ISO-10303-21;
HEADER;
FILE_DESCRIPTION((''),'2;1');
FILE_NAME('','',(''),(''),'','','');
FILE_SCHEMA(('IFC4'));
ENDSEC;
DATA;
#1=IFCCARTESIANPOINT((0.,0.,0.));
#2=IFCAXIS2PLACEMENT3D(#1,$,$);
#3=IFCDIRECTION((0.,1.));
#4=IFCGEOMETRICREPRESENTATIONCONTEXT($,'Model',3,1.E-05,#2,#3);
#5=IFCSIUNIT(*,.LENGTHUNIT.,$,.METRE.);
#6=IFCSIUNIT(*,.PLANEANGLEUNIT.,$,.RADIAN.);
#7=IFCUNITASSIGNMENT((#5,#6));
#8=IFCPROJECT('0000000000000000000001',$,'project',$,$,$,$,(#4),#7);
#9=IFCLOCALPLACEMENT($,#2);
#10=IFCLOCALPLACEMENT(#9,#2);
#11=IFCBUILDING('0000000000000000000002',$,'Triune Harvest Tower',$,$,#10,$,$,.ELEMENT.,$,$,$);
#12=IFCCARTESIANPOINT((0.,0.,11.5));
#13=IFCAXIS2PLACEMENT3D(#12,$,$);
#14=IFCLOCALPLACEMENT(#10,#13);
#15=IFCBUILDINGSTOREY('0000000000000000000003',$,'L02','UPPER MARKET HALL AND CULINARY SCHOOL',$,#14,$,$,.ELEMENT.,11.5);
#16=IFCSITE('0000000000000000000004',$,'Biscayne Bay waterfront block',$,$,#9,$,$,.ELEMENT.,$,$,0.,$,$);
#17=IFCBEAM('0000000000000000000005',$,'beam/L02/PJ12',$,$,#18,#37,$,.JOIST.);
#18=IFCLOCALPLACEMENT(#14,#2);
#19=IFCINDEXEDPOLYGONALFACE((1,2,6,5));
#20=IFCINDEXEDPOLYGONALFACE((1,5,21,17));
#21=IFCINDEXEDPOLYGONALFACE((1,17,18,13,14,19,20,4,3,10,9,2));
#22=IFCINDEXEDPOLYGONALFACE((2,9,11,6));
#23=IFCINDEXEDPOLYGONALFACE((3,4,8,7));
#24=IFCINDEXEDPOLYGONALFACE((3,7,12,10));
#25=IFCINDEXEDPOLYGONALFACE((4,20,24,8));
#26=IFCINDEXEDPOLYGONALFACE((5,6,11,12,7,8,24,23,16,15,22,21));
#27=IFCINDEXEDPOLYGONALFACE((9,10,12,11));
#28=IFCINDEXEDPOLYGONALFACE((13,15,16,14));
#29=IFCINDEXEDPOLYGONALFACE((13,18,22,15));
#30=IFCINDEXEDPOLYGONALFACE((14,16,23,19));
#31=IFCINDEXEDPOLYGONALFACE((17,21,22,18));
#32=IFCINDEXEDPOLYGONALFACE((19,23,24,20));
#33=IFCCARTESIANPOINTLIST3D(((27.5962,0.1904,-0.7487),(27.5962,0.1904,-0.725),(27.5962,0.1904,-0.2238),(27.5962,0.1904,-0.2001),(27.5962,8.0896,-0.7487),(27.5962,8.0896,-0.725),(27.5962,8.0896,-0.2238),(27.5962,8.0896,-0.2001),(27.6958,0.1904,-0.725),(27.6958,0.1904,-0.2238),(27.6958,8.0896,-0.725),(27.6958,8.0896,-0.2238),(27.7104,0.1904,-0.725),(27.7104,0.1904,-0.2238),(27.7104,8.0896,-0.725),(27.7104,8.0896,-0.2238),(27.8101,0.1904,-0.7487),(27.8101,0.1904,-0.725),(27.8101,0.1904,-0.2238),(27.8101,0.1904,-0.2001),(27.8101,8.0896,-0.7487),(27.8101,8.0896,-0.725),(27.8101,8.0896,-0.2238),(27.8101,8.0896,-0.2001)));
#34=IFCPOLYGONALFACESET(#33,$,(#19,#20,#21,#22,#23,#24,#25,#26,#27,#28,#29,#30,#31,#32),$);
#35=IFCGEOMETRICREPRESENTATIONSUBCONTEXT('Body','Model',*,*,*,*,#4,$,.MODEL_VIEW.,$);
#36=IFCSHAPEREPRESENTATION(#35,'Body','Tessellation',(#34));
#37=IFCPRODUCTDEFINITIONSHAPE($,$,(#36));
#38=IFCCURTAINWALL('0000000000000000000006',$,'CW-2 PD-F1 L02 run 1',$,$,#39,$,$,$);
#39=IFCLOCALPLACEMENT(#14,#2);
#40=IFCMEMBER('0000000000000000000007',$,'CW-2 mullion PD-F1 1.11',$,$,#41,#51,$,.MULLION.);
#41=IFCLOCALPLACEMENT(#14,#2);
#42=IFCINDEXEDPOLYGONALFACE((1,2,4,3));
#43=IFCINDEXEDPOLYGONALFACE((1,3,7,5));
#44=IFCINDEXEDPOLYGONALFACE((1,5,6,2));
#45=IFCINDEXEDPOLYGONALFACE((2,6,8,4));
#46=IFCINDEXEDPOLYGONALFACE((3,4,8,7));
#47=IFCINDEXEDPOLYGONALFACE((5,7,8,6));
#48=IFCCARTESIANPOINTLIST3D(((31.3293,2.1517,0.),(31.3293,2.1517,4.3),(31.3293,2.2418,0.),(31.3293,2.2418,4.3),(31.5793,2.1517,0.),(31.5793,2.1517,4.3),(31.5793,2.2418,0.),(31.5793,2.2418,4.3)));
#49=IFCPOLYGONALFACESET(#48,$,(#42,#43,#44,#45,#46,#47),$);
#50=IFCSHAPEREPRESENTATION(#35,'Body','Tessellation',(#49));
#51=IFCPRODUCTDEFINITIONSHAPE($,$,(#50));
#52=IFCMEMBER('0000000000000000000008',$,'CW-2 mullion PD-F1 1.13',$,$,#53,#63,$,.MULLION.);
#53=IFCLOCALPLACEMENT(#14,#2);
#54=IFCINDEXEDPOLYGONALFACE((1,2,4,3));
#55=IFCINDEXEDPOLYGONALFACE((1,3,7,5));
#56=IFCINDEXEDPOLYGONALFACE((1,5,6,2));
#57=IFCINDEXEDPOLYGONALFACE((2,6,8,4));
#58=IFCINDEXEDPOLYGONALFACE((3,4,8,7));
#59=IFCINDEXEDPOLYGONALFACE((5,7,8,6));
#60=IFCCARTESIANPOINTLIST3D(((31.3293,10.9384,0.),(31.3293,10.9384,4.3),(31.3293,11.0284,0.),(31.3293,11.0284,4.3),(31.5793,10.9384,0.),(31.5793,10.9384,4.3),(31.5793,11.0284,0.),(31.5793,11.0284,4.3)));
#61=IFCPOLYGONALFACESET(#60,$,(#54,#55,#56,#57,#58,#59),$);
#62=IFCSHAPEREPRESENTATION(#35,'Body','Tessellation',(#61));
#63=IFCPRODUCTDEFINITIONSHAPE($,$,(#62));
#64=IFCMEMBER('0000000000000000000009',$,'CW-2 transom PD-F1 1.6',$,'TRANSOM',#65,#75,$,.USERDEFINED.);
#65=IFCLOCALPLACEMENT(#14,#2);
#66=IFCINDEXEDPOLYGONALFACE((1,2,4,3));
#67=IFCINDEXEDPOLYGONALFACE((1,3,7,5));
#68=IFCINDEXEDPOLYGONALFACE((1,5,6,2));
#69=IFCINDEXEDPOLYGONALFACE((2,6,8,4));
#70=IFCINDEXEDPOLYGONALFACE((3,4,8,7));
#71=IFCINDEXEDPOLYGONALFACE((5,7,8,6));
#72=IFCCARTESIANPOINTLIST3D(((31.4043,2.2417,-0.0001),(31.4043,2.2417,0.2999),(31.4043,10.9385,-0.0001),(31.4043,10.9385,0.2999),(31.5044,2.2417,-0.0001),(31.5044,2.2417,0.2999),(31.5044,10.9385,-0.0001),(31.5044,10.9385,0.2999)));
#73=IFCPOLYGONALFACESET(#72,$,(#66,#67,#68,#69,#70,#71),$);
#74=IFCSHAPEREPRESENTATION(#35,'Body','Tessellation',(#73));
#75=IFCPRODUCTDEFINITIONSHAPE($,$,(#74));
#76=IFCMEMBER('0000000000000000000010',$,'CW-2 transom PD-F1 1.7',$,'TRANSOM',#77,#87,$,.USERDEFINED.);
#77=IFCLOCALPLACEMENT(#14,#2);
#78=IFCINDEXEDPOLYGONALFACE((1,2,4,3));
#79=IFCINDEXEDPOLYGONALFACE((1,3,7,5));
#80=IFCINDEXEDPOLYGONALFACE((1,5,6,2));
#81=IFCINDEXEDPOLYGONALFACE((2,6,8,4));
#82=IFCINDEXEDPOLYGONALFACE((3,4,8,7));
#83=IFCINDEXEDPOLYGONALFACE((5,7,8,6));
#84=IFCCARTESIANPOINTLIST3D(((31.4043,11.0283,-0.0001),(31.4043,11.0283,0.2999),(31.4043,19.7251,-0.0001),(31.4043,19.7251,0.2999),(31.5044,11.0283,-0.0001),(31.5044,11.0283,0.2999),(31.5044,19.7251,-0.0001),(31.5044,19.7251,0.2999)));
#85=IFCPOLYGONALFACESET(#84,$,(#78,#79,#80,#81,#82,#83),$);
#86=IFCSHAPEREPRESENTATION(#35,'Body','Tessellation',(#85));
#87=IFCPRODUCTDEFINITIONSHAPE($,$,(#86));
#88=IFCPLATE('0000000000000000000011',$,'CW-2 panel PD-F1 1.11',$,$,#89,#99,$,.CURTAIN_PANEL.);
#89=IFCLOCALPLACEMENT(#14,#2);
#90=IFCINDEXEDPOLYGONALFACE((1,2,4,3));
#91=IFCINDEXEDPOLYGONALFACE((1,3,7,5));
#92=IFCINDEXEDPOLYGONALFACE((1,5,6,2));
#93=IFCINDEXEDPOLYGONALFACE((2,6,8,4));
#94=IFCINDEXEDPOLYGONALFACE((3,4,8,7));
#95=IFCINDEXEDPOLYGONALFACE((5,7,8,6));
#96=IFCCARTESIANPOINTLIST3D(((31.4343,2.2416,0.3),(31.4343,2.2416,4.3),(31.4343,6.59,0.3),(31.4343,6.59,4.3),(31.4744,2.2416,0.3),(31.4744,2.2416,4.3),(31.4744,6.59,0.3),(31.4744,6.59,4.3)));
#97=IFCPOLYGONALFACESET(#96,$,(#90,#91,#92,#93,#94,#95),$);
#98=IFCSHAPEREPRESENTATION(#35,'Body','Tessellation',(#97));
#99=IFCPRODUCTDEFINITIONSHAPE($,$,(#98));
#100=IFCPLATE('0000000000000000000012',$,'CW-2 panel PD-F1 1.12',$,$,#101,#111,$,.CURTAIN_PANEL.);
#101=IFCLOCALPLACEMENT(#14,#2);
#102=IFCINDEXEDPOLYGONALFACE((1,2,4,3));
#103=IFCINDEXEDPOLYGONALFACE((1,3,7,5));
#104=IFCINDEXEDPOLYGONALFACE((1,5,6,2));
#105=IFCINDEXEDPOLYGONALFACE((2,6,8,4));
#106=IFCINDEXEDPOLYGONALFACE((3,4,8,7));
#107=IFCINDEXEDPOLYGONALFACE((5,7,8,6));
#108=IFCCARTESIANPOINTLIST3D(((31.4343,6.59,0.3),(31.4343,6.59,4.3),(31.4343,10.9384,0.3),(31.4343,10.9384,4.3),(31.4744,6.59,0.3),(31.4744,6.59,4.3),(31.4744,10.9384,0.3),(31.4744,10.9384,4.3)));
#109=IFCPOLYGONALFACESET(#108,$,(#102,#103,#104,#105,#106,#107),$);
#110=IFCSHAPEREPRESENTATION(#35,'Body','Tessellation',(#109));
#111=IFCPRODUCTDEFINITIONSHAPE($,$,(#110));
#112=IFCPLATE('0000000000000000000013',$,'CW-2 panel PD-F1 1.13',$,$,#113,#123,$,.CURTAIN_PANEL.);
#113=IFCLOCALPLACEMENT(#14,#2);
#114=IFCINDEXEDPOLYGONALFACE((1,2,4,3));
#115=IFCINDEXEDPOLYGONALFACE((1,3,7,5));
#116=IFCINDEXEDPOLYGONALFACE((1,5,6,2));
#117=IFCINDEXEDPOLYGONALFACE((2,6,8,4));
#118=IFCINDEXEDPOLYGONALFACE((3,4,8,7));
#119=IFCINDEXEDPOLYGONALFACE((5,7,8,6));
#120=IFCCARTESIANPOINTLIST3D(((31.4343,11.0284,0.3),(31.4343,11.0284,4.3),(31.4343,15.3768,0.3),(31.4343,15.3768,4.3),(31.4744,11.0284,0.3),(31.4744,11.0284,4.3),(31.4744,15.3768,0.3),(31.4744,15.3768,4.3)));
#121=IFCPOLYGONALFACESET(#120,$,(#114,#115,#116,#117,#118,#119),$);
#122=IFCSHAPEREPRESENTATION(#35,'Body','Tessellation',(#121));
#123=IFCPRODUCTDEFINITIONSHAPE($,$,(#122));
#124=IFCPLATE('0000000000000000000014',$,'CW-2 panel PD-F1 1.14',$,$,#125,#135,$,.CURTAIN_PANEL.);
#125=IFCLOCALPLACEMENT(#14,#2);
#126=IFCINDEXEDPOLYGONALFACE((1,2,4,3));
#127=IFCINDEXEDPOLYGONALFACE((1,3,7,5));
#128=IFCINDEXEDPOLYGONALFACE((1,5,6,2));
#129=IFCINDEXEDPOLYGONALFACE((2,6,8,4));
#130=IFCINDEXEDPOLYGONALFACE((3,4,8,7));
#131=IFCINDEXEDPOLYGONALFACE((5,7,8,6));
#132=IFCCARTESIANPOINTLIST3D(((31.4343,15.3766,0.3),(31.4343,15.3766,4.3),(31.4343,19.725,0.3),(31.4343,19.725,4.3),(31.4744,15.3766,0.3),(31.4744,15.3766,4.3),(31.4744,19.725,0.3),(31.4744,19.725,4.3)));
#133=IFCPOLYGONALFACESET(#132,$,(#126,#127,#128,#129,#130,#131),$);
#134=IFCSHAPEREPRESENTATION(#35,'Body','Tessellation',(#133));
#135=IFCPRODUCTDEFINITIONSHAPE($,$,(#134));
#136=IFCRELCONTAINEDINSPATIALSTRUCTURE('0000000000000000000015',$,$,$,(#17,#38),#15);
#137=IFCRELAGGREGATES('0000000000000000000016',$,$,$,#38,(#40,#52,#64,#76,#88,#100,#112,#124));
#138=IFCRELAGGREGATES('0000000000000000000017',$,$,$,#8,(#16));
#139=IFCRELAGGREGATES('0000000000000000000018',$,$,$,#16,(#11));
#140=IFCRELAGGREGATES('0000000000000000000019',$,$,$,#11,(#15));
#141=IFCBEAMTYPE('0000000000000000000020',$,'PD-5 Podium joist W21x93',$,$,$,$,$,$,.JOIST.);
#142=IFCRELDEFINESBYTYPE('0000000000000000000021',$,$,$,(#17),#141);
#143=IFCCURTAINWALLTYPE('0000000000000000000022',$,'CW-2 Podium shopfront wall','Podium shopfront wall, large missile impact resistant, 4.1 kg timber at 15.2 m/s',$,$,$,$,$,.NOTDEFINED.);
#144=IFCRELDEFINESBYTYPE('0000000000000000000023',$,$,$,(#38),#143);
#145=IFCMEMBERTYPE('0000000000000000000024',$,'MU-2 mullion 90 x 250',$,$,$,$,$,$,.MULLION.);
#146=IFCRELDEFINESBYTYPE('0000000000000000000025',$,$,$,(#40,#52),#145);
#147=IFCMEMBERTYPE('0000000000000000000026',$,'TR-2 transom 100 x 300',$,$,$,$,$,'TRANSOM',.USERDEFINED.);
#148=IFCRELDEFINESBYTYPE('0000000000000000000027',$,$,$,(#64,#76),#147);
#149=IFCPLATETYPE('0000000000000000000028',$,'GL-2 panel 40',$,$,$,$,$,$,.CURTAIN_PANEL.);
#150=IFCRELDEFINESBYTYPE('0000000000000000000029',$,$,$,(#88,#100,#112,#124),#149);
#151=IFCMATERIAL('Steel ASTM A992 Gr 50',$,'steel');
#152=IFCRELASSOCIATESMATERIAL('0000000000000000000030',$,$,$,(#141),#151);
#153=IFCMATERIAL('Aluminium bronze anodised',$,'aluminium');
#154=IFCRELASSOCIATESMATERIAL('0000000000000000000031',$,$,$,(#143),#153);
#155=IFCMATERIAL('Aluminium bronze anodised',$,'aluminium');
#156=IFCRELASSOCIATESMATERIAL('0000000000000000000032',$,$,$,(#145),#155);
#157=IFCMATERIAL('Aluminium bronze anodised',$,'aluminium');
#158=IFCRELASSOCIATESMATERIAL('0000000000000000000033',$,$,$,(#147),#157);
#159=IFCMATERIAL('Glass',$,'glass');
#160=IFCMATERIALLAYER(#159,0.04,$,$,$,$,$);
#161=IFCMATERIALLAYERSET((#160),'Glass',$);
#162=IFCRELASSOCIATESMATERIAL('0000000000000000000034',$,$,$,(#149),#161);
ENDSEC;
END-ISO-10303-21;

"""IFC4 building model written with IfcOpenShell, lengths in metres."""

from ifc_helpers import new_model, si_unit, direction, frame, origin, origin_2d, place, context, subcontext, project, spatial, rectangle, i_section, extrude, source, transform, mapped, material, layer, layer_set, material_profile, profile_set, type_object, element, aggregate, save


model = new_model("IFC4")

# Units and contexts
model_context = context("Model", 3, precision=1e-05, world=origin(), true_north=direction((0.0, 1.0)))
body_context = subcontext(model_context, "Body", "Model", "MODEL_VIEW")
ifc_project = project(units=[si_unit("LENGTHUNIT", "METRE"), si_unit("PLANEANGLEUNIT", "RADIAN")], contexts=[model_context])

# Site, building, storey
site_placement = place(None, origin())
site = spatial("IfcSite", under=ifc_project, at=site_placement, Name="Biscayne Bay waterfront block", CompositionType="ELEMENT", RefElevation=0.0)
building_placement = place(site_placement, origin())
building = spatial("IfcBuilding", under=site, at=building_placement, Name="Triune Harvest Tower", CompositionType="ELEMENT")
storey_placement = place(building_placement, frame((0.0, 0.0, 11.5)))
storey = spatial("IfcBuildingStorey", under=building, at=storey_placement, Name="L02", Description="UPPER MARKET HALL AND CULINARY SCHOOL", CompositionType="ELEMENT", Elevation=11.5)

# Beam
ifc_material_1 = material(Name="Steel ASTM A992 Gr 50", Category="steel")
ifc_material_profile_1 = material_profile(ifc_material_1, i_section(OverallWidth=0.2139, OverallDepth=0.5486, WebThickness=0.0146, FlangeThickness=0.0237, at=origin_2d()), Name="W21x93")
ifc_profile_set_1 = profile_set([ifc_material_profile_1], Name="Steel ASTM A992 Gr 50")
beam_type_1 = type_object("IfcBeamType", Name="PD-5 Podium joist W21x93", PredefinedType="JOIST", material=ifc_profile_set_1)
shared_shape_1 = source(origin(), body_context, "Body", "SweptSolid", [
    extrude(i_section(OverallWidth=0.2139, OverallDepth=0.5486, WebThickness=0.0146, FlangeThickness=0.0237, at=origin_2d()), origin(), (0.0, 0.0, 1.0), 7.8992),
])
beam_placement = place(storey_placement, frame((27.7031, 0.1904, -0.4744), z_axis=(0.0, 1.0, 0.0), x_axis=(-1.0, 0.0, 0.0)))
element("IfcBeam", 1, at=beam_placement, inside=storey, type_object=beam_type_1, Name="beam/L02/PJ12", PredefinedType="JOIST", context=body_context, shape_type="MappedRepresentation", body=[
    mapped(shared_shape_1, transform((0.0, 0.0, 0.0), scale=1.0)),
])

# Curtain wall, members, plates
ifc_material_2 = material(Name="Aluminium bronze anodised", Category="aluminium")
curtain_wall_type = type_object("IfcCurtainWallType", Name="CW-2 Podium shopfront wall", Description="Podium shopfront wall, large missile impact resistant, 4.1 kg timber at 15.2 m/s", PredefinedType="NOTDEFINED", material=ifc_material_2)
curtain_wall_placement = place(storey_placement, origin())
curtain_wall = element("IfcCurtainWall", 2, at=curtain_wall_placement, inside=storey, type_object=curtain_wall_type, Name="CW-2 PD-F1 L02 run 1")
ifc_material_3 = material(Name="Aluminium bronze anodised", Category="aluminium")
ifc_material_profile_2 = material_profile(ifc_material_3, rectangle(XDim=0.25, YDim=0.0901, at=origin_2d()), Name="MU-2 mullion 90 x 250")
ifc_profile_set_2 = profile_set([ifc_material_profile_2], Name="Aluminium bronze anodised")
member_type_1 = type_object("IfcMemberType", Name="MU-2 mullion 90 x 250", PredefinedType="MULLION", material=ifc_profile_set_2)
shared_shape_2 = source(origin(), body_context, "Body", "SweptSolid", [
    extrude(rectangle(XDim=0.25, YDim=0.0901, at=origin_2d()), origin(), (0.0, 0.0, 1.0), 4.3),
])
member_1_placement = place(storey_placement, frame((31.4543, 2.1968, 0.0), z_axis=(0.0, 0.0, 1.0), x_axis=(-1.0, 0.0, 0.0)))
member_1 = element("IfcMember", 3, at=member_1_placement, type_object=member_type_1, Name="CW-2 mullion PD-F1 1.11", PredefinedType="MULLION", context=body_context, shape_type="MappedRepresentation", body=[
    mapped(shared_shape_2, transform((0.0, 0.0, 0.0), scale=1.0)),
])
member_2_placement = place(storey_placement, frame((31.4543, 10.9834, 0.0), z_axis=(0.0, 0.0, 1.0), x_axis=(-1.0, 0.0, 0.0)))
member_2 = element("IfcMember", 4, at=member_2_placement, type_object=member_type_1, Name="CW-2 mullion PD-F1 1.13", PredefinedType="MULLION", context=body_context, shape_type="MappedRepresentation", body=[
    mapped(shared_shape_2, transform((0.0, 0.0, 0.0), scale=1.0)),
])
ifc_material_4 = material(Name="Aluminium bronze anodised", Category="aluminium")
ifc_material_profile_3 = material_profile(ifc_material_4, rectangle(XDim=0.1001, YDim=0.3, at=origin_2d()), Name="TR-2 transom 100 x 300")
ifc_profile_set_3 = profile_set([ifc_material_profile_3], Name="Aluminium bronze anodised")
member_type_2 = type_object("IfcMemberType", Name="TR-2 transom 100 x 300", ElementType="TRANSOM", PredefinedType="USERDEFINED", material=ifc_profile_set_3)
shared_shape_3 = source(origin(), body_context, "Body", "SweptSolid", [
    extrude(rectangle(XDim=0.1001, YDim=0.3, at=origin_2d()), origin(), (0.0, 0.0, 1.0), 8.6968),
])
member_3_placement = place(storey_placement, frame((31.4543, 2.2417, 0.1499), z_axis=(0.0, 1.0, 0.0), x_axis=(-1.0, 0.0, 0.0)))
member_3 = element("IfcMember", 5, at=member_3_placement, type_object=member_type_2, Name="CW-2 transom PD-F1 1.6", ObjectType="TRANSOM", PredefinedType="USERDEFINED", context=body_context, shape_type="MappedRepresentation", body=[
    mapped(shared_shape_3, transform((0.0, 0.0, 0.0), scale=1.0)),
])
member_4_placement = place(storey_placement, frame((31.4543, 11.0283, 0.1499), z_axis=(0.0, 1.0, 0.0), x_axis=(-1.0, 0.0, 0.0)))
member_4 = element("IfcMember", 6, at=member_4_placement, type_object=member_type_2, Name="CW-2 transom PD-F1 1.7", ObjectType="TRANSOM", PredefinedType="USERDEFINED", context=body_context, shape_type="MappedRepresentation", body=[
    mapped(shared_shape_3, transform((0.0, 0.0, 0.0), scale=1.0)),
])
ifc_material_5 = material(Name="Glass", Category="glass")
ifc_layer = layer(ifc_material_5, 0.04)
ifc_layer_set = layer_set([ifc_layer], Name="Glass")
plate_type = type_object("IfcPlateType", Name="GL-2 panel 40", PredefinedType="CURTAIN_PANEL", material=ifc_layer_set)
shared_shape_4 = source(origin(), body_context, "Body", "SweptSolid", [
    extrude(rectangle(XDim=4.3484, YDim=0.04, at=origin_2d()), origin(), (0.0, 0.0, 1.0), 4.0),
])
plate_1_placement = place(storey_placement, frame((31.4543, 4.4158, 0.3), z_axis=(0.0, 0.0, 1.0), x_axis=(0.0, 1.0, 0.0)))
plate_1 = element("IfcPlate", 7, at=plate_1_placement, type_object=plate_type, Name="CW-2 panel PD-F1 1.11", PredefinedType="CURTAIN_PANEL", context=body_context, shape_type="MappedRepresentation", body=[
    mapped(shared_shape_4, transform((0.0, 0.0, 0.0), scale=1.0)),
])
plate_2_placement = place(storey_placement, frame((31.4543, 8.7642, 0.3), z_axis=(0.0, 0.0, 1.0), x_axis=(0.0, 1.0, 0.0)))
plate_2 = element("IfcPlate", 8, at=plate_2_placement, type_object=plate_type, Name="CW-2 panel PD-F1 1.12", PredefinedType="CURTAIN_PANEL", context=body_context, shape_type="MappedRepresentation", body=[
    mapped(shared_shape_4, transform((0.0, 0.0, 0.0), scale=1.0)),
])
plate_3_placement = place(storey_placement, frame((31.4543, 13.2026, 0.3), z_axis=(0.0, 0.0, 1.0), x_axis=(0.0, 1.0, 0.0)))
plate_3 = element("IfcPlate", 9, at=plate_3_placement, type_object=plate_type, Name="CW-2 panel PD-F1 1.13", PredefinedType="CURTAIN_PANEL", context=body_context, shape_type="MappedRepresentation", body=[
    mapped(shared_shape_4, transform((0.0, 0.0, 0.0), scale=1.0)),
])
plate_4_placement = place(storey_placement, frame((31.4543, 17.5508, 0.3), z_axis=(0.0, 0.0, 1.0), x_axis=(0.0, 1.0, 0.0)))
plate_4 = element("IfcPlate", 10, at=plate_4_placement, type_object=plate_type, Name="CW-2 panel PD-F1 1.14", PredefinedType="CURTAIN_PANEL", context=body_context, shape_type="MappedRepresentation", body=[
    mapped(shared_shape_4, transform((0.0, 0.0, 0.0), scale=1.0)),
])
aggregate(curtain_wall, [member_1, member_2, member_3, member_4, plate_1, plate_2, plate_3, plate_4])

save(model, "model.ifc")
